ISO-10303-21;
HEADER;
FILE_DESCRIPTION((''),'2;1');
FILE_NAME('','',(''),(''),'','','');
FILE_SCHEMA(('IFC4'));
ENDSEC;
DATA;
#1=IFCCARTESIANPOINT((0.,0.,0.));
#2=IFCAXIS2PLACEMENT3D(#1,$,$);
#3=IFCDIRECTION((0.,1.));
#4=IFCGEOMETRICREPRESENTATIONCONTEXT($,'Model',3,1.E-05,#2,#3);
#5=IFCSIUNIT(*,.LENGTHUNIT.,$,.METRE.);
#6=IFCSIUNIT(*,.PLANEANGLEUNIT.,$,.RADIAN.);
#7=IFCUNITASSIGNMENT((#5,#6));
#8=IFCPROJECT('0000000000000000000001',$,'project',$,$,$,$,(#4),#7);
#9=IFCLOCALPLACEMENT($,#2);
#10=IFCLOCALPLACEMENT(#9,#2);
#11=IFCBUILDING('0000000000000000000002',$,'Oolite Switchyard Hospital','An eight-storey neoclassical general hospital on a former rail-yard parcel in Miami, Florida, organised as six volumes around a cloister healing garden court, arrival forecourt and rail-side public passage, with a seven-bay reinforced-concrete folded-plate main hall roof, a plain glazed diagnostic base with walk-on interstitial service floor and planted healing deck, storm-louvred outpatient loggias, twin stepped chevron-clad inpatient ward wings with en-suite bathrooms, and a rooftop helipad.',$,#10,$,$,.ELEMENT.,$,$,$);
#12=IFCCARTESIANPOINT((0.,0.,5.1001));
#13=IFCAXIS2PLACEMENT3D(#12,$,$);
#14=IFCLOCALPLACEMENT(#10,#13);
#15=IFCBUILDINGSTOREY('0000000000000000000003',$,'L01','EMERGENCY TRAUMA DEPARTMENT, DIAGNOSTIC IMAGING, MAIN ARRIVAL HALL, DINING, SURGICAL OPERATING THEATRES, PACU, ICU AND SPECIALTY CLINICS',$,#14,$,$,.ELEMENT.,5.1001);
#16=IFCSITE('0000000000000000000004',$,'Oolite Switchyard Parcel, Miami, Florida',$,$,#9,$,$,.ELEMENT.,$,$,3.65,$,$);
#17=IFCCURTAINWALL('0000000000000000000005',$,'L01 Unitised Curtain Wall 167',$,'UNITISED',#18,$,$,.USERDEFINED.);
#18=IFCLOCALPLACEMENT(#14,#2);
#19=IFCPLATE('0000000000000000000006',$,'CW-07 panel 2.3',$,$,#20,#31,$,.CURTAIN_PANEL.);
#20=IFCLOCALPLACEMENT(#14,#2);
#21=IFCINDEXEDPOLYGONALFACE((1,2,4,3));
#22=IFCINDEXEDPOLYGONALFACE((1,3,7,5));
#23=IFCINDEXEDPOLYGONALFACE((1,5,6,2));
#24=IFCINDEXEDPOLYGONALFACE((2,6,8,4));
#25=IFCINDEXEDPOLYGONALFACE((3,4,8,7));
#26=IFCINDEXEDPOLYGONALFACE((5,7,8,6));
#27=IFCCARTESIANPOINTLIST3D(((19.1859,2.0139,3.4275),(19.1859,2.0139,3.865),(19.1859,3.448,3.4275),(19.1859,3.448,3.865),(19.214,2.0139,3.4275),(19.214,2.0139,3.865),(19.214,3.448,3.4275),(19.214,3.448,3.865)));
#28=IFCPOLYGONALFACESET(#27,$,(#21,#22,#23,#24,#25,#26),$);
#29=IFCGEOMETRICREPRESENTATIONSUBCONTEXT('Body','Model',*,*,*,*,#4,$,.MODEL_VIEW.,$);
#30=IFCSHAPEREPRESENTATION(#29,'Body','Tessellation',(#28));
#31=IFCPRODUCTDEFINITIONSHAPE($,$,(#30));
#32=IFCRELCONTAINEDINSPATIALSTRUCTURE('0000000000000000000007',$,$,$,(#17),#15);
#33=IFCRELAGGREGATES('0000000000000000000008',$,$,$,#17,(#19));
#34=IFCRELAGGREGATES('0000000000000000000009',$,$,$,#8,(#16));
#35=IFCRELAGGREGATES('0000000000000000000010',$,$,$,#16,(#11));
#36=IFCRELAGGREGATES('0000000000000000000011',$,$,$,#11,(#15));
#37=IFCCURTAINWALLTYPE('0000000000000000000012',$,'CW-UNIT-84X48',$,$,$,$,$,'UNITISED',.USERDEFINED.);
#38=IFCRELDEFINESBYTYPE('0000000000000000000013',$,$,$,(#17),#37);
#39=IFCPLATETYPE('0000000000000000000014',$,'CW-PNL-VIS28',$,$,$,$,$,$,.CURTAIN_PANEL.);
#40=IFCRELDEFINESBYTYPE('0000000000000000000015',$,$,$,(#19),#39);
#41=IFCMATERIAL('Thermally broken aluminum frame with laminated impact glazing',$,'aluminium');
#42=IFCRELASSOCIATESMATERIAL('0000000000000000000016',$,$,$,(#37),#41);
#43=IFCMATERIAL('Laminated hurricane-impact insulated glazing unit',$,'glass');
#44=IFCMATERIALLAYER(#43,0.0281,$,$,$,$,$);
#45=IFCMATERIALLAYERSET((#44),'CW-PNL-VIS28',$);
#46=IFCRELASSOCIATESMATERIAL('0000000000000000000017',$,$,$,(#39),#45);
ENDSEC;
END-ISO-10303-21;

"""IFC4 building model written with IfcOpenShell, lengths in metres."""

from ifc_helpers import new_model, si_unit, direction, frame, origin, origin_2d, place, context, subcontext, project, spatial, rectangle, extrude, material, layer, layer_set, type_object, element, aggregate, save


model = new_model("IFC4")

# Units and contexts
model_context = context("Model", 3, precision=1e-05, world=origin(), true_north=direction((0.0, 1.0)))
body_context = subcontext(model_context, "Body", "Model", "MODEL_VIEW")
ifc_project = project(units=[si_unit("LENGTHUNIT", "METRE"), si_unit("PLANEANGLEUNIT", "RADIAN")], contexts=[model_context])

# Site, building, storey
site_placement = place(None, origin())
site = spatial("IfcSite", under=ifc_project, at=site_placement, Name="Oolite Switchyard Parcel, Miami, Florida", CompositionType="ELEMENT", RefElevation=3.65)
building_placement = place(site_placement, origin())
building = spatial("IfcBuilding", under=site, at=building_placement, Name="Oolite Switchyard Hospital", Description="An eight-storey neoclassical general hospital on a former rail-yard parcel in Miami, Florida, organised as six volumes around a cloister healing garden court, arrival forecourt and rail-side public passage, with a seven-bay reinforced-concrete folded-plate main hall roof, a plain glazed diagnostic base with walk-on interstitial service floor and planted healing deck, storm-louvred outpatient loggias, twin stepped chevron-clad inpatient ward wings with en-suite bathrooms, and a rooftop helipad.", CompositionType="ELEMENT")
storey_placement = place(building_placement, frame((0.0, 0.0, 5.1001)))
storey = spatial("IfcBuildingStorey", under=building, at=storey_placement, Name="L01", Description="EMERGENCY TRAUMA DEPARTMENT, DIAGNOSTIC IMAGING, MAIN ARRIVAL HALL, DINING, SURGICAL OPERATING THEATRES, PACU, ICU AND SPECIALTY CLINICS", CompositionType="ELEMENT", Elevation=5.1001)

# Curtain wall, plate
ifc_material_1 = material(Name="Thermally broken aluminum frame with laminated impact glazing", Category="aluminium")
curtain_wall_type = type_object("IfcCurtainWallType", Name="CW-UNIT-84X48", ElementType="UNITISED", PredefinedType="USERDEFINED", material=ifc_material_1)
curtain_wall_placement = place(storey_placement, origin())
curtain_wall = element("IfcCurtainWall", 1, at=curtain_wall_placement, inside=storey, type_object=curtain_wall_type, Name="L01 Unitised Curtain Wall 167", ObjectType="UNITISED", PredefinedType="USERDEFINED")
ifc_material_2 = material(Name="Laminated hurricane-impact insulated glazing unit", Category="glass")
ifc_layer = layer(ifc_material_2, 0.0281)
ifc_layer_set = layer_set([ifc_layer], Name="CW-PNL-VIS28")
plate_type = type_object("IfcPlateType", Name="CW-PNL-VIS28", PredefinedType="CURTAIN_PANEL", material=ifc_layer_set)
plate_1_placement = place(storey_placement, frame((19.2, 2.731, 3.4275), z_axis=(0.0, 0.0, 1.0), x_axis=(0.0, 1.0, 0.0)))
plate_1 = element("IfcPlate", 2, at=plate_1_placement, type_object=plate_type, Name="CW-07 panel 2.3", PredefinedType="CURTAIN_PANEL", context=body_context, shape_type="SweptSolid", body=[
    extrude(rectangle(XDim=1.4341, YDim=0.0281, at=origin_2d()), origin(), (0.0, 0.0, 1.0), 0.4375),
])
aggregate(curtain_wall, [plate_1])

save(model, "model.ifc")
